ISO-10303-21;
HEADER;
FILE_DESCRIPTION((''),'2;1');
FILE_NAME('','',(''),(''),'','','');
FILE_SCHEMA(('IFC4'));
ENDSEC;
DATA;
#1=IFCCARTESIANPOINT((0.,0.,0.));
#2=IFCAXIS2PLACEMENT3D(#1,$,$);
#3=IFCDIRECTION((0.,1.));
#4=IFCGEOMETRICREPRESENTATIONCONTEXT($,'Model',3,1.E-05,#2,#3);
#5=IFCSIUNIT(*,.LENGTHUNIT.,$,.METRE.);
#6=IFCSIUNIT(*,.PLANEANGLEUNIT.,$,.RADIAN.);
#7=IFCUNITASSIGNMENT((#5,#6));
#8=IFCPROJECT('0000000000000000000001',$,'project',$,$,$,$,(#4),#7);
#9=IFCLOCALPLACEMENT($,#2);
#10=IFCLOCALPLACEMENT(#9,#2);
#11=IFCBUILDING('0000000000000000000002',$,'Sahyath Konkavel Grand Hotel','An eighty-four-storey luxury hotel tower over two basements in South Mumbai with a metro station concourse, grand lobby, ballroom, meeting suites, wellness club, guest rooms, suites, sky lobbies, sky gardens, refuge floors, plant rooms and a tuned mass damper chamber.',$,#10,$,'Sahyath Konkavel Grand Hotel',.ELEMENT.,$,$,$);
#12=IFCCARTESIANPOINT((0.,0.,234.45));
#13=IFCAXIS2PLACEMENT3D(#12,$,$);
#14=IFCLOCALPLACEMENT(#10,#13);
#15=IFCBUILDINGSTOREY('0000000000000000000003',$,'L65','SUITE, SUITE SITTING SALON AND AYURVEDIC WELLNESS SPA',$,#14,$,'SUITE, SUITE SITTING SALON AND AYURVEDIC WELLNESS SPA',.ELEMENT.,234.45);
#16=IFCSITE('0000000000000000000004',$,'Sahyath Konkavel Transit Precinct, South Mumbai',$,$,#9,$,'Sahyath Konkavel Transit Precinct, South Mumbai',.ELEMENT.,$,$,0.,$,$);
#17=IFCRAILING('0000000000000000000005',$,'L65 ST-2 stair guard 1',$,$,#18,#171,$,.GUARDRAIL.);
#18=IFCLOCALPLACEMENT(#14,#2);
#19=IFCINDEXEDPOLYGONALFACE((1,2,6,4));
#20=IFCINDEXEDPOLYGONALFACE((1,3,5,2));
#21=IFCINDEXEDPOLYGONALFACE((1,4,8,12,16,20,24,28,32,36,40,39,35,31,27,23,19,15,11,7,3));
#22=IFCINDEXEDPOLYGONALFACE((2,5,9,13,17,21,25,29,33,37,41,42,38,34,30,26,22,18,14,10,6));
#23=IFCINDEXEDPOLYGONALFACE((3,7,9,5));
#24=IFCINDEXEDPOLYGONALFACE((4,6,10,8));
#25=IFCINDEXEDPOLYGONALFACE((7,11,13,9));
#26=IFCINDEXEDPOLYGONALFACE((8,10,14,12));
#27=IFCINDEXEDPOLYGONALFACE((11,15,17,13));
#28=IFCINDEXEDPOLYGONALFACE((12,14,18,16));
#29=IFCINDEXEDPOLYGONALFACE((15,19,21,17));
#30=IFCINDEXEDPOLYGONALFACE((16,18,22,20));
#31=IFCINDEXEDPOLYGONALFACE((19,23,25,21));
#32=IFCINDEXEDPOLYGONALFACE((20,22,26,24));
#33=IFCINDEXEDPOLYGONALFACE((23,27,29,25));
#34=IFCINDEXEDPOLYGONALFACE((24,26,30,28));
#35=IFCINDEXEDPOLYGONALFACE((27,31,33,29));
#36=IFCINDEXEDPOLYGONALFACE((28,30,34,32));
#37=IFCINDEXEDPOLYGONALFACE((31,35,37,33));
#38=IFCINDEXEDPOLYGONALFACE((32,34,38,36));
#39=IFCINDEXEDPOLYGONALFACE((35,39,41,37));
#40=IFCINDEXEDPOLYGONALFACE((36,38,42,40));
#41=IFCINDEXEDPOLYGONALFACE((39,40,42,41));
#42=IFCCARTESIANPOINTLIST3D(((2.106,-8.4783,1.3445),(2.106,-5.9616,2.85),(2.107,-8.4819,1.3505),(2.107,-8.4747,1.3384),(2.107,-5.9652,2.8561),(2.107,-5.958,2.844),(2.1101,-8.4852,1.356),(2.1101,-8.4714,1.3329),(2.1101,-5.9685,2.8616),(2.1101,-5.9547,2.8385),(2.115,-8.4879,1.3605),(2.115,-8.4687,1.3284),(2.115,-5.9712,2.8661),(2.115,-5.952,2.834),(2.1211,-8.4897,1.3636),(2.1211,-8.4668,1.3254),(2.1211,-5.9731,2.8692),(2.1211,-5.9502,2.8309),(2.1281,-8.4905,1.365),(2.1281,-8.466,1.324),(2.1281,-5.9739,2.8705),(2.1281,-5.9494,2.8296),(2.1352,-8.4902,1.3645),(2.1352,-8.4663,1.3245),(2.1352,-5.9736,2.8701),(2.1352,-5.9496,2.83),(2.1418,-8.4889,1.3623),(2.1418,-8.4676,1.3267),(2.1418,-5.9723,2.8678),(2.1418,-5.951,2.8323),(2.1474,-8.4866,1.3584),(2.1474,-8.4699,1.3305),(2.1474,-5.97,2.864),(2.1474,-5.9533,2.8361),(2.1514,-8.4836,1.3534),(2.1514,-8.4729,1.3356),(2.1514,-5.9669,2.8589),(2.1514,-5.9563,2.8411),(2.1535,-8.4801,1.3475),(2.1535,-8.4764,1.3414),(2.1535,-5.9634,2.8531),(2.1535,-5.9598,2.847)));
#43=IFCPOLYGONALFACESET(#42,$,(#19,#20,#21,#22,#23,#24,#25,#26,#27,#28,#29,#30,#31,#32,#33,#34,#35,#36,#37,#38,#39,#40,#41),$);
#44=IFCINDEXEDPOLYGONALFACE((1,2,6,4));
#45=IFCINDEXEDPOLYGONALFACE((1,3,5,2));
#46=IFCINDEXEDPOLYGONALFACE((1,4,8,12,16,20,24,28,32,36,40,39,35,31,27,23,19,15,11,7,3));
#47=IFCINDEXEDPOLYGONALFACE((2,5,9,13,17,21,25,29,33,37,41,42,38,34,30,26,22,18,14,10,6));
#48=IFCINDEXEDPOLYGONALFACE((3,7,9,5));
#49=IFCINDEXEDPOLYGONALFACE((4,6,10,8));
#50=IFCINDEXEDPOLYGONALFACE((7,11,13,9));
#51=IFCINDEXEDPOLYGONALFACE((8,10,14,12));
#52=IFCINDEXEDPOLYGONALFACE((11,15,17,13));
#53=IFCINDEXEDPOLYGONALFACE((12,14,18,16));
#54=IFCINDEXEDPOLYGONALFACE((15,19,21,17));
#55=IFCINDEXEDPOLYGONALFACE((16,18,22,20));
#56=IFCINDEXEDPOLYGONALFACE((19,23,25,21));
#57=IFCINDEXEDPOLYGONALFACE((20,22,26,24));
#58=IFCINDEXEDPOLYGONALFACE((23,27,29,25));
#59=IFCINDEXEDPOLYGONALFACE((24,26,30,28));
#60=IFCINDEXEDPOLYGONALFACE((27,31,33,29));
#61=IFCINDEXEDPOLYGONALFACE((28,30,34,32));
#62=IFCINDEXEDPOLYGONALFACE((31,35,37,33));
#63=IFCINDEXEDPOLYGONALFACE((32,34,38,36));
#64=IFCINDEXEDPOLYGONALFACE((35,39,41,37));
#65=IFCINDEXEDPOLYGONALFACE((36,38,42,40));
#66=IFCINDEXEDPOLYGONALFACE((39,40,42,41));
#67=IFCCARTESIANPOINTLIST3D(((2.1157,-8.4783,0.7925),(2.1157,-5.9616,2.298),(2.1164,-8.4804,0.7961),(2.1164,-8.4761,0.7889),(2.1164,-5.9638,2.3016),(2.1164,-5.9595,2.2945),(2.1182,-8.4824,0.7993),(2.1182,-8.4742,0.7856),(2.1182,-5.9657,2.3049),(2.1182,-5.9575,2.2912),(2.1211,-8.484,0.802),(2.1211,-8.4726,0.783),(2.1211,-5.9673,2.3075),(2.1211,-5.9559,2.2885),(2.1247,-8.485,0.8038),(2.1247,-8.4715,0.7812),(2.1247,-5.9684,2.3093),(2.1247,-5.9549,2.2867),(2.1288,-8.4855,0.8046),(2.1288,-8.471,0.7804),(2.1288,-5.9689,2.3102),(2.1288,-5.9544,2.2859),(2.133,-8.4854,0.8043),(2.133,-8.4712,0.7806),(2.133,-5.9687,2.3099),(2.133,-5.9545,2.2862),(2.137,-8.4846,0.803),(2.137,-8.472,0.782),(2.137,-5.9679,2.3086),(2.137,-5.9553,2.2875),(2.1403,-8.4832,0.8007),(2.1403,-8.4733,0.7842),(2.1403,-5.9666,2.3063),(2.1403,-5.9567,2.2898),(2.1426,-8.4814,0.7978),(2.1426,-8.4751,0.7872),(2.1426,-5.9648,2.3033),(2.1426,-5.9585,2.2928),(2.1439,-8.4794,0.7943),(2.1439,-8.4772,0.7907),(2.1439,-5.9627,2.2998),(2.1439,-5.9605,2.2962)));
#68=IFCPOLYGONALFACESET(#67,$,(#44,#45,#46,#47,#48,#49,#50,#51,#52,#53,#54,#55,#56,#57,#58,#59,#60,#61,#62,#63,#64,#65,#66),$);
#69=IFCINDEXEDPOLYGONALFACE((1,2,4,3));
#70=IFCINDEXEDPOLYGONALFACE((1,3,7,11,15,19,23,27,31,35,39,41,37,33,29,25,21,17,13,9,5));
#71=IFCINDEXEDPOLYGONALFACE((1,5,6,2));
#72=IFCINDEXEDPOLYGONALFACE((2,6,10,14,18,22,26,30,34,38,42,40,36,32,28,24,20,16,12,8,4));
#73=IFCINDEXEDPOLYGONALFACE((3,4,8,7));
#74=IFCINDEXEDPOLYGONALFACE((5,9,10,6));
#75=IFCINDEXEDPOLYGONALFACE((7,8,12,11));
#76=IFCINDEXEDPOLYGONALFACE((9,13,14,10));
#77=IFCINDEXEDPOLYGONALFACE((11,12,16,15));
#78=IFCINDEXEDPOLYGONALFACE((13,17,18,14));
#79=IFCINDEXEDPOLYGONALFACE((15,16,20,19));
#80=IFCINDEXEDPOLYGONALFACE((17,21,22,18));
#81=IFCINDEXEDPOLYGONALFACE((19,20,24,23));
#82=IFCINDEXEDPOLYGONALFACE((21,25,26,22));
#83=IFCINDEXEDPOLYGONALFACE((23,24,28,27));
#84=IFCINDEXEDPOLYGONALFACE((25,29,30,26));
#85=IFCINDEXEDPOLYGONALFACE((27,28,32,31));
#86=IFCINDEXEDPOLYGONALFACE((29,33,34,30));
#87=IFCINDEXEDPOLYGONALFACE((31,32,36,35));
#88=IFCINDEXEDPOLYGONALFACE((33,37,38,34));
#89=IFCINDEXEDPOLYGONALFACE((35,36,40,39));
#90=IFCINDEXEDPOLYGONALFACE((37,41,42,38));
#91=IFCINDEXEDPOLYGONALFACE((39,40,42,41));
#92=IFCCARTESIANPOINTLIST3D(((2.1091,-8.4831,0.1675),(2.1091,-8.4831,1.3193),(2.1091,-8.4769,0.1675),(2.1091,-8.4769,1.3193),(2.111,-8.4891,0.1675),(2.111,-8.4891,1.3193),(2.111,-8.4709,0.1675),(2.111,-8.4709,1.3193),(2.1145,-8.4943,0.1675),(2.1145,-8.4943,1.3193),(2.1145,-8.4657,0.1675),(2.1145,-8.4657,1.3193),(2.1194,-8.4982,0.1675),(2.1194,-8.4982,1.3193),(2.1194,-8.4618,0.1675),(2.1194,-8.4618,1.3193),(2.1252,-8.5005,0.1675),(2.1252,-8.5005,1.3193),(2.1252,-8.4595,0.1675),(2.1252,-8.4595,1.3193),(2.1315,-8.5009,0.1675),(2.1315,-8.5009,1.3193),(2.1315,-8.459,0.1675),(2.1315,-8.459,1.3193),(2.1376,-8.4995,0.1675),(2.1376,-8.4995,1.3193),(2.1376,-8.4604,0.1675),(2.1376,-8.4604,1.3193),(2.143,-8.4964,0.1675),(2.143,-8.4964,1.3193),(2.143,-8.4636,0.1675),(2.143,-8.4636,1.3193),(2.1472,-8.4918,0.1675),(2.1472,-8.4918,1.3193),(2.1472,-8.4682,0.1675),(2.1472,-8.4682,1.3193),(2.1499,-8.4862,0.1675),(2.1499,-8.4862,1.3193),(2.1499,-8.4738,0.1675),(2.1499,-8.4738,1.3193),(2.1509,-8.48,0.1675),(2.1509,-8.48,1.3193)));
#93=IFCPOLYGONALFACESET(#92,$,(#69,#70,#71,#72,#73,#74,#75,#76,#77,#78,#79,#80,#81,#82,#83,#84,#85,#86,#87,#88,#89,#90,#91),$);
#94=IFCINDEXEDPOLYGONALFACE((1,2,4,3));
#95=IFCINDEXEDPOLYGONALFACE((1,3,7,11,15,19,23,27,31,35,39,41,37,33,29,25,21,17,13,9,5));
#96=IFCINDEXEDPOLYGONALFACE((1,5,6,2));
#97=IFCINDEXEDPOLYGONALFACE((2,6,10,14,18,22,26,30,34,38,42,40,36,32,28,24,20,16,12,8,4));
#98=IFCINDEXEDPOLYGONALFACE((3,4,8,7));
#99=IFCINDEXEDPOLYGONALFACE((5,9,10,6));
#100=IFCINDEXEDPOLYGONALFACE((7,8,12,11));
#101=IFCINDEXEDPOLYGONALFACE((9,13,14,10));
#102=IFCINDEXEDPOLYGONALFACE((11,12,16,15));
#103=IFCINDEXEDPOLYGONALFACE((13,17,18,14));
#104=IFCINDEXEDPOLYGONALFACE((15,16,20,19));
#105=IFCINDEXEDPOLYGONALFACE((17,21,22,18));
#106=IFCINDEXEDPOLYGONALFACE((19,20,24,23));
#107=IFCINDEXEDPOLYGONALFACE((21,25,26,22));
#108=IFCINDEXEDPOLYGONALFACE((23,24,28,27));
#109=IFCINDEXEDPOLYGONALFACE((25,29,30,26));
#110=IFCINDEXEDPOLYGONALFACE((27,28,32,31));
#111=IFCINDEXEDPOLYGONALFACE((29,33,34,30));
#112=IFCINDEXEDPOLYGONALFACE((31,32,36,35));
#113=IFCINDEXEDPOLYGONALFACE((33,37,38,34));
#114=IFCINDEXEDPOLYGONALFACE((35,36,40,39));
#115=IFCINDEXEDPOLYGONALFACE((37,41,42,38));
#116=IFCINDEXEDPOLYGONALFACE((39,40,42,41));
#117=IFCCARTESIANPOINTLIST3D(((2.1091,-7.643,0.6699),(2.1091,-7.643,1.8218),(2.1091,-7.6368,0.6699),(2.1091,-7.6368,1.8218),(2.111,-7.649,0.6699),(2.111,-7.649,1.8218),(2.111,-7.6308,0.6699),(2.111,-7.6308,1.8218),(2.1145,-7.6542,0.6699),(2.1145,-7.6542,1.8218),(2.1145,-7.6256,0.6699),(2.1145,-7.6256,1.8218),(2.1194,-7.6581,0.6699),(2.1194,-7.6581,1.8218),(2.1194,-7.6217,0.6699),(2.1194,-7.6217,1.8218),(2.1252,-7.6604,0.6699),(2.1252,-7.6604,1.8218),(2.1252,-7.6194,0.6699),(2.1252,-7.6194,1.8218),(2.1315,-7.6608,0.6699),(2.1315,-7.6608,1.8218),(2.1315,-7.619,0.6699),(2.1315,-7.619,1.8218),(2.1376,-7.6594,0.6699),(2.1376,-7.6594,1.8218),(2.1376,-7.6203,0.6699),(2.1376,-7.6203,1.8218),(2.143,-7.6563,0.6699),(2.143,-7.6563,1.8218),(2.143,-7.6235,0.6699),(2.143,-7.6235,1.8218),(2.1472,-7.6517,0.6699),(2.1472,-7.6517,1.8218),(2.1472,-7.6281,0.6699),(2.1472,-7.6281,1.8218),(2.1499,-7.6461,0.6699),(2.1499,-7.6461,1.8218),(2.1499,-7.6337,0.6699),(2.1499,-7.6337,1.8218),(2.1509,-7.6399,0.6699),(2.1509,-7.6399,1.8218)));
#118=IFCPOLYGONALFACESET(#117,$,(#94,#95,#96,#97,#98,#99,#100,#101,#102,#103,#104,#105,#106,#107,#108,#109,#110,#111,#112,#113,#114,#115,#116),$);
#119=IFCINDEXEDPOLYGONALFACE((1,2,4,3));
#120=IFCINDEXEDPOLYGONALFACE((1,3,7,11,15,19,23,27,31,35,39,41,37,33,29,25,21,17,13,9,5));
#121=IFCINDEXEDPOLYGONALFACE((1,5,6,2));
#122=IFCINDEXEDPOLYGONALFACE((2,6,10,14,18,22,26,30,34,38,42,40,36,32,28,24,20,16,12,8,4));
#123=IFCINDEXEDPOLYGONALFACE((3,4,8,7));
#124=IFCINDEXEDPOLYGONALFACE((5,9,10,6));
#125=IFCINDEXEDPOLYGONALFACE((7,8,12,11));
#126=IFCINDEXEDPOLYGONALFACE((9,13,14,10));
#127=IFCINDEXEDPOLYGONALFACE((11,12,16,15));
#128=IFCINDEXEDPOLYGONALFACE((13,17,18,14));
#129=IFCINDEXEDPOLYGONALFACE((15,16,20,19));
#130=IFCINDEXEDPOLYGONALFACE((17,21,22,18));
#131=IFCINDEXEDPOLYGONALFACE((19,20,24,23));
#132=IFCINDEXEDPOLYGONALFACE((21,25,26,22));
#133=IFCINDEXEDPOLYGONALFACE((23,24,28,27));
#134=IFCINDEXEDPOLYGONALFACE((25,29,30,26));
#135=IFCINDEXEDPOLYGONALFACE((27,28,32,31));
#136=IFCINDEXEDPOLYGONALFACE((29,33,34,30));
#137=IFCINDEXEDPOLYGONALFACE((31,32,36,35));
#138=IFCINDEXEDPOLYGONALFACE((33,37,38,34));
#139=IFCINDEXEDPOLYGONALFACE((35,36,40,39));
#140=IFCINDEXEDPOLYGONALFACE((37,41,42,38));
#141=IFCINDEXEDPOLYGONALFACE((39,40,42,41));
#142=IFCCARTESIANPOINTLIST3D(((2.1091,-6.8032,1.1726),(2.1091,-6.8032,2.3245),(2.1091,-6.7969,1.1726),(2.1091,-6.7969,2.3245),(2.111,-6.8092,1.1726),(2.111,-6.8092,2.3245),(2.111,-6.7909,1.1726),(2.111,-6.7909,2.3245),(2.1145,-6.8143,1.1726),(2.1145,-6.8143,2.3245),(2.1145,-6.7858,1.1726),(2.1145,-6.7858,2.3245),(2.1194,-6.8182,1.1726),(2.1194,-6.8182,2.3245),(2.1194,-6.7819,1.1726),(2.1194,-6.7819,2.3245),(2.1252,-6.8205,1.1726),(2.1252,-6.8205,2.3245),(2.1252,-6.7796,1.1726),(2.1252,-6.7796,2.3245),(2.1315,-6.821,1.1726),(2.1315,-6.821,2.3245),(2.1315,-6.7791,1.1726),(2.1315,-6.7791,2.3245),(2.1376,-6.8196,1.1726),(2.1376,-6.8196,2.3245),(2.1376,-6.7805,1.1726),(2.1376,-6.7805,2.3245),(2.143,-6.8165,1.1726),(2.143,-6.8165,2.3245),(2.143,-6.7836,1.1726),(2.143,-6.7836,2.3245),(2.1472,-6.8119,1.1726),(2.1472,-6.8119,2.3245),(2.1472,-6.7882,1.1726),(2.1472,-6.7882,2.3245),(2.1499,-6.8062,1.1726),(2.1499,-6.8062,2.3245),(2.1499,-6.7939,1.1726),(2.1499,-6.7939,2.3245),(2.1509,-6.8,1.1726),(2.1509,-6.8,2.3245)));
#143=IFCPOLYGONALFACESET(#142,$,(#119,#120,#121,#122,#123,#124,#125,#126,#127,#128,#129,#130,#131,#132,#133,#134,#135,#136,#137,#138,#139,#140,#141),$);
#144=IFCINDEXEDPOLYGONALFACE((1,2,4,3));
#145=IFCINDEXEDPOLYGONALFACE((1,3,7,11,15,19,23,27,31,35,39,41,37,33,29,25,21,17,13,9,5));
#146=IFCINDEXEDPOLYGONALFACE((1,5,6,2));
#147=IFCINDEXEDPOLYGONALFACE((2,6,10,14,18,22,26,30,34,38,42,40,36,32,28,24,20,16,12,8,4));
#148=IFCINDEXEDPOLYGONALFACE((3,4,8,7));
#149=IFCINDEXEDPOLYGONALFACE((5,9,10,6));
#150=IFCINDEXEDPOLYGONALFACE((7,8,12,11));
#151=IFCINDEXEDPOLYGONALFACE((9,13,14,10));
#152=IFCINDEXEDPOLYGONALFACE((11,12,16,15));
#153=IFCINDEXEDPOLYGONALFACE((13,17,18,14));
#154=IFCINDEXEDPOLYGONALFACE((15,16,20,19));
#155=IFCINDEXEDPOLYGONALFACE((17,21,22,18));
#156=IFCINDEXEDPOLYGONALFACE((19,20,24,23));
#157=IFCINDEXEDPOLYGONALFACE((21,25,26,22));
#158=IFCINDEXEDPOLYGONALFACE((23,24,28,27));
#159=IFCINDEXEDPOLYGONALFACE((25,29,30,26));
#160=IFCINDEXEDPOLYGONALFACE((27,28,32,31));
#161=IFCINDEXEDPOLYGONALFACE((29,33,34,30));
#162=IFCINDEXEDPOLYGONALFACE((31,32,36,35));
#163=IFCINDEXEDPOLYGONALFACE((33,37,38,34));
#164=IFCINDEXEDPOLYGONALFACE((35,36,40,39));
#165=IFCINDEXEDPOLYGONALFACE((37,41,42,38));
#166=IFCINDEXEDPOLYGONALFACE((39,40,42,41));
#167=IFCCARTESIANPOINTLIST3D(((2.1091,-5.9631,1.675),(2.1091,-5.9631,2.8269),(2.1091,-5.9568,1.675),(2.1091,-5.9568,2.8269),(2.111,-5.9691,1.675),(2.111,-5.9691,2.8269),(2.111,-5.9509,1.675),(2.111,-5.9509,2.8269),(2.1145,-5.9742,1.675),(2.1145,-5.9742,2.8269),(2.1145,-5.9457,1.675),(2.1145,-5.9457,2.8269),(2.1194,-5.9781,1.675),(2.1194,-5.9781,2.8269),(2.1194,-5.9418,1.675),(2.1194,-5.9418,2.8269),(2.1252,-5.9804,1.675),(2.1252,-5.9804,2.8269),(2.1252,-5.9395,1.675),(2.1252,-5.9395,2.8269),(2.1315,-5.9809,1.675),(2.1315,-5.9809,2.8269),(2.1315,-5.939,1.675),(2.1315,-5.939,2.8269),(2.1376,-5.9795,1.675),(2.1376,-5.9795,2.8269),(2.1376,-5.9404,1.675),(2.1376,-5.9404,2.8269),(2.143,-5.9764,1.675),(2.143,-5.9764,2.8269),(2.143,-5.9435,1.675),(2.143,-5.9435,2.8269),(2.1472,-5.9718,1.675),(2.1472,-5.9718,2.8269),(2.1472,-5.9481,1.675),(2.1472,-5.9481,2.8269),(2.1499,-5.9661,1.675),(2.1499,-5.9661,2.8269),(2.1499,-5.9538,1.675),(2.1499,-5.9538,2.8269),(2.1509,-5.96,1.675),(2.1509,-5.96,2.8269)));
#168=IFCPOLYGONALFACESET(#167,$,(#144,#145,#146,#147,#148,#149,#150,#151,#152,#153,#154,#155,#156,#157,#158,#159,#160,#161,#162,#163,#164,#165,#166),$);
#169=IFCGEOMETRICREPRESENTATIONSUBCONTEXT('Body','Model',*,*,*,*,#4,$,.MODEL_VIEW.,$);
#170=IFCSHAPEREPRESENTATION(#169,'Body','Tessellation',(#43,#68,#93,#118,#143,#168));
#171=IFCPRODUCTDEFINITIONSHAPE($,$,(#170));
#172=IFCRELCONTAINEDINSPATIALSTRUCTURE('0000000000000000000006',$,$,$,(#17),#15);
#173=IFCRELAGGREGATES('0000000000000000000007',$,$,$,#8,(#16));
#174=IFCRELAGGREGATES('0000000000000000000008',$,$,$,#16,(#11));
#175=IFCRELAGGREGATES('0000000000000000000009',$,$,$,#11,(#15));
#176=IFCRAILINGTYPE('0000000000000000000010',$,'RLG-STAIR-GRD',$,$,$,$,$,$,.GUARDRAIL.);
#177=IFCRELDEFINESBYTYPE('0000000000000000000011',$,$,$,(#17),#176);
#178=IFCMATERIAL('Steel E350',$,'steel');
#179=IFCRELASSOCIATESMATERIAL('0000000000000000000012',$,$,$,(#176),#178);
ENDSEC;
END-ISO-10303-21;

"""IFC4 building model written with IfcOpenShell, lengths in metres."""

from ifc_helpers import new_model, si_unit, direction, frame, origin, origin_2d, place, context, subcontext, project, spatial, circle, extrude, material, type_object, element, save


model = new_model("IFC4")

# Units and contexts
model_context = context("Model", 3, precision=1e-05, world=origin(), true_north=direction((0.0, 1.0)))
body_context = subcontext(model_context, "Body", "Model", "MODEL_VIEW")
ifc_project = project(units=[si_unit("LENGTHUNIT", "METRE"), si_unit("PLANEANGLEUNIT", "RADIAN")], contexts=[model_context])

# Site, building, storey
site_placement = place(None, origin())
site = spatial("IfcSite", under=ifc_project, at=site_placement, Name="Sahyath Konkavel Transit Precinct, South Mumbai", LongName="Sahyath Konkavel Transit Precinct, South Mumbai", CompositionType="ELEMENT", RefElevation=0.0)
building_placement = place(site_placement, origin())
building = spatial("IfcBuilding", under=site, at=building_placement, Name="Sahyath Konkavel Grand Hotel", Description="An eighty-four-storey luxury hotel tower over two basements in South Mumbai with a metro station concourse, grand lobby, ballroom, meeting suites, wellness club, guest rooms, suites, sky lobbies, sky gardens, refuge floors, plant rooms and a tuned mass damper chamber.", LongName="Sahyath Konkavel Grand Hotel", CompositionType="ELEMENT")
storey_placement = place(building_placement, frame((0.0, 0.0, 234.45)))
storey = spatial("IfcBuildingStorey", under=building, at=storey_placement, Name="L65", Description="SUITE, SUITE SITTING SALON AND AYURVEDIC WELLNESS SPA", LongName="SUITE, SUITE SITTING SALON AND AYURVEDIC WELLNESS SPA", CompositionType="ELEMENT", Elevation=234.45)

# Shared definitions
ifc_material_1 = material(Name="Steel E350", Category="steel")

# Railing
railing_type_1 = type_object("IfcRailingType", Name="RLG-STAIR-GRD", PredefinedType="GUARDRAIL", material=ifc_material_1)
railing_1_placement = place(storey_placement, frame((2.1299, -8.48, 0.1675)))
element("IfcRailing", 1, at=railing_1_placement, inside=storey, type_object=railing_type_1, Name="L65 ST-2 stair guard 1", PredefinedType="GUARDRAIL", context=body_context, shape_type="SweptSolid", body=[
    extrude(circle(Radius=0.0239, at=origin_2d()), frame((0.0, 0.0017, 1.177), z_axis=(0.0, 0.85816, 0.513383), x_axis=(-1.0, 0.0, 0.0)), (0.0, 0.0, 1.0), 2.9326),
    extrude(circle(Radius=0.0142, at=origin_2d()), frame((0.0, 0.0017, 0.625), z_axis=(0.0, 0.85816, 0.513383), x_axis=(-1.0, 0.0, 0.0)), (0.0, 0.0, 1.0), 2.9326),
    extrude(circle(Radius=0.021, at=origin_2d()), origin(), (0.0, 0.0, 1.0), 1.1519),
    extrude(circle(Radius=0.021, at=origin_2d()), frame((0.0, 0.8401, 0.5024)), (0.0, 0.0, 1.0), 1.1519),
    extrude(circle(Radius=0.021, at=origin_2d()), frame((0.0, 1.6799, 1.0051)), (0.0, 0.0, 1.0), 1.1519),
    extrude(circle(Radius=0.021, at=origin_2d()), frame((0.0, 2.52, 1.5076)), (0.0, 0.0, 1.0), 1.1519),
])

save(model, "model.ifc")
